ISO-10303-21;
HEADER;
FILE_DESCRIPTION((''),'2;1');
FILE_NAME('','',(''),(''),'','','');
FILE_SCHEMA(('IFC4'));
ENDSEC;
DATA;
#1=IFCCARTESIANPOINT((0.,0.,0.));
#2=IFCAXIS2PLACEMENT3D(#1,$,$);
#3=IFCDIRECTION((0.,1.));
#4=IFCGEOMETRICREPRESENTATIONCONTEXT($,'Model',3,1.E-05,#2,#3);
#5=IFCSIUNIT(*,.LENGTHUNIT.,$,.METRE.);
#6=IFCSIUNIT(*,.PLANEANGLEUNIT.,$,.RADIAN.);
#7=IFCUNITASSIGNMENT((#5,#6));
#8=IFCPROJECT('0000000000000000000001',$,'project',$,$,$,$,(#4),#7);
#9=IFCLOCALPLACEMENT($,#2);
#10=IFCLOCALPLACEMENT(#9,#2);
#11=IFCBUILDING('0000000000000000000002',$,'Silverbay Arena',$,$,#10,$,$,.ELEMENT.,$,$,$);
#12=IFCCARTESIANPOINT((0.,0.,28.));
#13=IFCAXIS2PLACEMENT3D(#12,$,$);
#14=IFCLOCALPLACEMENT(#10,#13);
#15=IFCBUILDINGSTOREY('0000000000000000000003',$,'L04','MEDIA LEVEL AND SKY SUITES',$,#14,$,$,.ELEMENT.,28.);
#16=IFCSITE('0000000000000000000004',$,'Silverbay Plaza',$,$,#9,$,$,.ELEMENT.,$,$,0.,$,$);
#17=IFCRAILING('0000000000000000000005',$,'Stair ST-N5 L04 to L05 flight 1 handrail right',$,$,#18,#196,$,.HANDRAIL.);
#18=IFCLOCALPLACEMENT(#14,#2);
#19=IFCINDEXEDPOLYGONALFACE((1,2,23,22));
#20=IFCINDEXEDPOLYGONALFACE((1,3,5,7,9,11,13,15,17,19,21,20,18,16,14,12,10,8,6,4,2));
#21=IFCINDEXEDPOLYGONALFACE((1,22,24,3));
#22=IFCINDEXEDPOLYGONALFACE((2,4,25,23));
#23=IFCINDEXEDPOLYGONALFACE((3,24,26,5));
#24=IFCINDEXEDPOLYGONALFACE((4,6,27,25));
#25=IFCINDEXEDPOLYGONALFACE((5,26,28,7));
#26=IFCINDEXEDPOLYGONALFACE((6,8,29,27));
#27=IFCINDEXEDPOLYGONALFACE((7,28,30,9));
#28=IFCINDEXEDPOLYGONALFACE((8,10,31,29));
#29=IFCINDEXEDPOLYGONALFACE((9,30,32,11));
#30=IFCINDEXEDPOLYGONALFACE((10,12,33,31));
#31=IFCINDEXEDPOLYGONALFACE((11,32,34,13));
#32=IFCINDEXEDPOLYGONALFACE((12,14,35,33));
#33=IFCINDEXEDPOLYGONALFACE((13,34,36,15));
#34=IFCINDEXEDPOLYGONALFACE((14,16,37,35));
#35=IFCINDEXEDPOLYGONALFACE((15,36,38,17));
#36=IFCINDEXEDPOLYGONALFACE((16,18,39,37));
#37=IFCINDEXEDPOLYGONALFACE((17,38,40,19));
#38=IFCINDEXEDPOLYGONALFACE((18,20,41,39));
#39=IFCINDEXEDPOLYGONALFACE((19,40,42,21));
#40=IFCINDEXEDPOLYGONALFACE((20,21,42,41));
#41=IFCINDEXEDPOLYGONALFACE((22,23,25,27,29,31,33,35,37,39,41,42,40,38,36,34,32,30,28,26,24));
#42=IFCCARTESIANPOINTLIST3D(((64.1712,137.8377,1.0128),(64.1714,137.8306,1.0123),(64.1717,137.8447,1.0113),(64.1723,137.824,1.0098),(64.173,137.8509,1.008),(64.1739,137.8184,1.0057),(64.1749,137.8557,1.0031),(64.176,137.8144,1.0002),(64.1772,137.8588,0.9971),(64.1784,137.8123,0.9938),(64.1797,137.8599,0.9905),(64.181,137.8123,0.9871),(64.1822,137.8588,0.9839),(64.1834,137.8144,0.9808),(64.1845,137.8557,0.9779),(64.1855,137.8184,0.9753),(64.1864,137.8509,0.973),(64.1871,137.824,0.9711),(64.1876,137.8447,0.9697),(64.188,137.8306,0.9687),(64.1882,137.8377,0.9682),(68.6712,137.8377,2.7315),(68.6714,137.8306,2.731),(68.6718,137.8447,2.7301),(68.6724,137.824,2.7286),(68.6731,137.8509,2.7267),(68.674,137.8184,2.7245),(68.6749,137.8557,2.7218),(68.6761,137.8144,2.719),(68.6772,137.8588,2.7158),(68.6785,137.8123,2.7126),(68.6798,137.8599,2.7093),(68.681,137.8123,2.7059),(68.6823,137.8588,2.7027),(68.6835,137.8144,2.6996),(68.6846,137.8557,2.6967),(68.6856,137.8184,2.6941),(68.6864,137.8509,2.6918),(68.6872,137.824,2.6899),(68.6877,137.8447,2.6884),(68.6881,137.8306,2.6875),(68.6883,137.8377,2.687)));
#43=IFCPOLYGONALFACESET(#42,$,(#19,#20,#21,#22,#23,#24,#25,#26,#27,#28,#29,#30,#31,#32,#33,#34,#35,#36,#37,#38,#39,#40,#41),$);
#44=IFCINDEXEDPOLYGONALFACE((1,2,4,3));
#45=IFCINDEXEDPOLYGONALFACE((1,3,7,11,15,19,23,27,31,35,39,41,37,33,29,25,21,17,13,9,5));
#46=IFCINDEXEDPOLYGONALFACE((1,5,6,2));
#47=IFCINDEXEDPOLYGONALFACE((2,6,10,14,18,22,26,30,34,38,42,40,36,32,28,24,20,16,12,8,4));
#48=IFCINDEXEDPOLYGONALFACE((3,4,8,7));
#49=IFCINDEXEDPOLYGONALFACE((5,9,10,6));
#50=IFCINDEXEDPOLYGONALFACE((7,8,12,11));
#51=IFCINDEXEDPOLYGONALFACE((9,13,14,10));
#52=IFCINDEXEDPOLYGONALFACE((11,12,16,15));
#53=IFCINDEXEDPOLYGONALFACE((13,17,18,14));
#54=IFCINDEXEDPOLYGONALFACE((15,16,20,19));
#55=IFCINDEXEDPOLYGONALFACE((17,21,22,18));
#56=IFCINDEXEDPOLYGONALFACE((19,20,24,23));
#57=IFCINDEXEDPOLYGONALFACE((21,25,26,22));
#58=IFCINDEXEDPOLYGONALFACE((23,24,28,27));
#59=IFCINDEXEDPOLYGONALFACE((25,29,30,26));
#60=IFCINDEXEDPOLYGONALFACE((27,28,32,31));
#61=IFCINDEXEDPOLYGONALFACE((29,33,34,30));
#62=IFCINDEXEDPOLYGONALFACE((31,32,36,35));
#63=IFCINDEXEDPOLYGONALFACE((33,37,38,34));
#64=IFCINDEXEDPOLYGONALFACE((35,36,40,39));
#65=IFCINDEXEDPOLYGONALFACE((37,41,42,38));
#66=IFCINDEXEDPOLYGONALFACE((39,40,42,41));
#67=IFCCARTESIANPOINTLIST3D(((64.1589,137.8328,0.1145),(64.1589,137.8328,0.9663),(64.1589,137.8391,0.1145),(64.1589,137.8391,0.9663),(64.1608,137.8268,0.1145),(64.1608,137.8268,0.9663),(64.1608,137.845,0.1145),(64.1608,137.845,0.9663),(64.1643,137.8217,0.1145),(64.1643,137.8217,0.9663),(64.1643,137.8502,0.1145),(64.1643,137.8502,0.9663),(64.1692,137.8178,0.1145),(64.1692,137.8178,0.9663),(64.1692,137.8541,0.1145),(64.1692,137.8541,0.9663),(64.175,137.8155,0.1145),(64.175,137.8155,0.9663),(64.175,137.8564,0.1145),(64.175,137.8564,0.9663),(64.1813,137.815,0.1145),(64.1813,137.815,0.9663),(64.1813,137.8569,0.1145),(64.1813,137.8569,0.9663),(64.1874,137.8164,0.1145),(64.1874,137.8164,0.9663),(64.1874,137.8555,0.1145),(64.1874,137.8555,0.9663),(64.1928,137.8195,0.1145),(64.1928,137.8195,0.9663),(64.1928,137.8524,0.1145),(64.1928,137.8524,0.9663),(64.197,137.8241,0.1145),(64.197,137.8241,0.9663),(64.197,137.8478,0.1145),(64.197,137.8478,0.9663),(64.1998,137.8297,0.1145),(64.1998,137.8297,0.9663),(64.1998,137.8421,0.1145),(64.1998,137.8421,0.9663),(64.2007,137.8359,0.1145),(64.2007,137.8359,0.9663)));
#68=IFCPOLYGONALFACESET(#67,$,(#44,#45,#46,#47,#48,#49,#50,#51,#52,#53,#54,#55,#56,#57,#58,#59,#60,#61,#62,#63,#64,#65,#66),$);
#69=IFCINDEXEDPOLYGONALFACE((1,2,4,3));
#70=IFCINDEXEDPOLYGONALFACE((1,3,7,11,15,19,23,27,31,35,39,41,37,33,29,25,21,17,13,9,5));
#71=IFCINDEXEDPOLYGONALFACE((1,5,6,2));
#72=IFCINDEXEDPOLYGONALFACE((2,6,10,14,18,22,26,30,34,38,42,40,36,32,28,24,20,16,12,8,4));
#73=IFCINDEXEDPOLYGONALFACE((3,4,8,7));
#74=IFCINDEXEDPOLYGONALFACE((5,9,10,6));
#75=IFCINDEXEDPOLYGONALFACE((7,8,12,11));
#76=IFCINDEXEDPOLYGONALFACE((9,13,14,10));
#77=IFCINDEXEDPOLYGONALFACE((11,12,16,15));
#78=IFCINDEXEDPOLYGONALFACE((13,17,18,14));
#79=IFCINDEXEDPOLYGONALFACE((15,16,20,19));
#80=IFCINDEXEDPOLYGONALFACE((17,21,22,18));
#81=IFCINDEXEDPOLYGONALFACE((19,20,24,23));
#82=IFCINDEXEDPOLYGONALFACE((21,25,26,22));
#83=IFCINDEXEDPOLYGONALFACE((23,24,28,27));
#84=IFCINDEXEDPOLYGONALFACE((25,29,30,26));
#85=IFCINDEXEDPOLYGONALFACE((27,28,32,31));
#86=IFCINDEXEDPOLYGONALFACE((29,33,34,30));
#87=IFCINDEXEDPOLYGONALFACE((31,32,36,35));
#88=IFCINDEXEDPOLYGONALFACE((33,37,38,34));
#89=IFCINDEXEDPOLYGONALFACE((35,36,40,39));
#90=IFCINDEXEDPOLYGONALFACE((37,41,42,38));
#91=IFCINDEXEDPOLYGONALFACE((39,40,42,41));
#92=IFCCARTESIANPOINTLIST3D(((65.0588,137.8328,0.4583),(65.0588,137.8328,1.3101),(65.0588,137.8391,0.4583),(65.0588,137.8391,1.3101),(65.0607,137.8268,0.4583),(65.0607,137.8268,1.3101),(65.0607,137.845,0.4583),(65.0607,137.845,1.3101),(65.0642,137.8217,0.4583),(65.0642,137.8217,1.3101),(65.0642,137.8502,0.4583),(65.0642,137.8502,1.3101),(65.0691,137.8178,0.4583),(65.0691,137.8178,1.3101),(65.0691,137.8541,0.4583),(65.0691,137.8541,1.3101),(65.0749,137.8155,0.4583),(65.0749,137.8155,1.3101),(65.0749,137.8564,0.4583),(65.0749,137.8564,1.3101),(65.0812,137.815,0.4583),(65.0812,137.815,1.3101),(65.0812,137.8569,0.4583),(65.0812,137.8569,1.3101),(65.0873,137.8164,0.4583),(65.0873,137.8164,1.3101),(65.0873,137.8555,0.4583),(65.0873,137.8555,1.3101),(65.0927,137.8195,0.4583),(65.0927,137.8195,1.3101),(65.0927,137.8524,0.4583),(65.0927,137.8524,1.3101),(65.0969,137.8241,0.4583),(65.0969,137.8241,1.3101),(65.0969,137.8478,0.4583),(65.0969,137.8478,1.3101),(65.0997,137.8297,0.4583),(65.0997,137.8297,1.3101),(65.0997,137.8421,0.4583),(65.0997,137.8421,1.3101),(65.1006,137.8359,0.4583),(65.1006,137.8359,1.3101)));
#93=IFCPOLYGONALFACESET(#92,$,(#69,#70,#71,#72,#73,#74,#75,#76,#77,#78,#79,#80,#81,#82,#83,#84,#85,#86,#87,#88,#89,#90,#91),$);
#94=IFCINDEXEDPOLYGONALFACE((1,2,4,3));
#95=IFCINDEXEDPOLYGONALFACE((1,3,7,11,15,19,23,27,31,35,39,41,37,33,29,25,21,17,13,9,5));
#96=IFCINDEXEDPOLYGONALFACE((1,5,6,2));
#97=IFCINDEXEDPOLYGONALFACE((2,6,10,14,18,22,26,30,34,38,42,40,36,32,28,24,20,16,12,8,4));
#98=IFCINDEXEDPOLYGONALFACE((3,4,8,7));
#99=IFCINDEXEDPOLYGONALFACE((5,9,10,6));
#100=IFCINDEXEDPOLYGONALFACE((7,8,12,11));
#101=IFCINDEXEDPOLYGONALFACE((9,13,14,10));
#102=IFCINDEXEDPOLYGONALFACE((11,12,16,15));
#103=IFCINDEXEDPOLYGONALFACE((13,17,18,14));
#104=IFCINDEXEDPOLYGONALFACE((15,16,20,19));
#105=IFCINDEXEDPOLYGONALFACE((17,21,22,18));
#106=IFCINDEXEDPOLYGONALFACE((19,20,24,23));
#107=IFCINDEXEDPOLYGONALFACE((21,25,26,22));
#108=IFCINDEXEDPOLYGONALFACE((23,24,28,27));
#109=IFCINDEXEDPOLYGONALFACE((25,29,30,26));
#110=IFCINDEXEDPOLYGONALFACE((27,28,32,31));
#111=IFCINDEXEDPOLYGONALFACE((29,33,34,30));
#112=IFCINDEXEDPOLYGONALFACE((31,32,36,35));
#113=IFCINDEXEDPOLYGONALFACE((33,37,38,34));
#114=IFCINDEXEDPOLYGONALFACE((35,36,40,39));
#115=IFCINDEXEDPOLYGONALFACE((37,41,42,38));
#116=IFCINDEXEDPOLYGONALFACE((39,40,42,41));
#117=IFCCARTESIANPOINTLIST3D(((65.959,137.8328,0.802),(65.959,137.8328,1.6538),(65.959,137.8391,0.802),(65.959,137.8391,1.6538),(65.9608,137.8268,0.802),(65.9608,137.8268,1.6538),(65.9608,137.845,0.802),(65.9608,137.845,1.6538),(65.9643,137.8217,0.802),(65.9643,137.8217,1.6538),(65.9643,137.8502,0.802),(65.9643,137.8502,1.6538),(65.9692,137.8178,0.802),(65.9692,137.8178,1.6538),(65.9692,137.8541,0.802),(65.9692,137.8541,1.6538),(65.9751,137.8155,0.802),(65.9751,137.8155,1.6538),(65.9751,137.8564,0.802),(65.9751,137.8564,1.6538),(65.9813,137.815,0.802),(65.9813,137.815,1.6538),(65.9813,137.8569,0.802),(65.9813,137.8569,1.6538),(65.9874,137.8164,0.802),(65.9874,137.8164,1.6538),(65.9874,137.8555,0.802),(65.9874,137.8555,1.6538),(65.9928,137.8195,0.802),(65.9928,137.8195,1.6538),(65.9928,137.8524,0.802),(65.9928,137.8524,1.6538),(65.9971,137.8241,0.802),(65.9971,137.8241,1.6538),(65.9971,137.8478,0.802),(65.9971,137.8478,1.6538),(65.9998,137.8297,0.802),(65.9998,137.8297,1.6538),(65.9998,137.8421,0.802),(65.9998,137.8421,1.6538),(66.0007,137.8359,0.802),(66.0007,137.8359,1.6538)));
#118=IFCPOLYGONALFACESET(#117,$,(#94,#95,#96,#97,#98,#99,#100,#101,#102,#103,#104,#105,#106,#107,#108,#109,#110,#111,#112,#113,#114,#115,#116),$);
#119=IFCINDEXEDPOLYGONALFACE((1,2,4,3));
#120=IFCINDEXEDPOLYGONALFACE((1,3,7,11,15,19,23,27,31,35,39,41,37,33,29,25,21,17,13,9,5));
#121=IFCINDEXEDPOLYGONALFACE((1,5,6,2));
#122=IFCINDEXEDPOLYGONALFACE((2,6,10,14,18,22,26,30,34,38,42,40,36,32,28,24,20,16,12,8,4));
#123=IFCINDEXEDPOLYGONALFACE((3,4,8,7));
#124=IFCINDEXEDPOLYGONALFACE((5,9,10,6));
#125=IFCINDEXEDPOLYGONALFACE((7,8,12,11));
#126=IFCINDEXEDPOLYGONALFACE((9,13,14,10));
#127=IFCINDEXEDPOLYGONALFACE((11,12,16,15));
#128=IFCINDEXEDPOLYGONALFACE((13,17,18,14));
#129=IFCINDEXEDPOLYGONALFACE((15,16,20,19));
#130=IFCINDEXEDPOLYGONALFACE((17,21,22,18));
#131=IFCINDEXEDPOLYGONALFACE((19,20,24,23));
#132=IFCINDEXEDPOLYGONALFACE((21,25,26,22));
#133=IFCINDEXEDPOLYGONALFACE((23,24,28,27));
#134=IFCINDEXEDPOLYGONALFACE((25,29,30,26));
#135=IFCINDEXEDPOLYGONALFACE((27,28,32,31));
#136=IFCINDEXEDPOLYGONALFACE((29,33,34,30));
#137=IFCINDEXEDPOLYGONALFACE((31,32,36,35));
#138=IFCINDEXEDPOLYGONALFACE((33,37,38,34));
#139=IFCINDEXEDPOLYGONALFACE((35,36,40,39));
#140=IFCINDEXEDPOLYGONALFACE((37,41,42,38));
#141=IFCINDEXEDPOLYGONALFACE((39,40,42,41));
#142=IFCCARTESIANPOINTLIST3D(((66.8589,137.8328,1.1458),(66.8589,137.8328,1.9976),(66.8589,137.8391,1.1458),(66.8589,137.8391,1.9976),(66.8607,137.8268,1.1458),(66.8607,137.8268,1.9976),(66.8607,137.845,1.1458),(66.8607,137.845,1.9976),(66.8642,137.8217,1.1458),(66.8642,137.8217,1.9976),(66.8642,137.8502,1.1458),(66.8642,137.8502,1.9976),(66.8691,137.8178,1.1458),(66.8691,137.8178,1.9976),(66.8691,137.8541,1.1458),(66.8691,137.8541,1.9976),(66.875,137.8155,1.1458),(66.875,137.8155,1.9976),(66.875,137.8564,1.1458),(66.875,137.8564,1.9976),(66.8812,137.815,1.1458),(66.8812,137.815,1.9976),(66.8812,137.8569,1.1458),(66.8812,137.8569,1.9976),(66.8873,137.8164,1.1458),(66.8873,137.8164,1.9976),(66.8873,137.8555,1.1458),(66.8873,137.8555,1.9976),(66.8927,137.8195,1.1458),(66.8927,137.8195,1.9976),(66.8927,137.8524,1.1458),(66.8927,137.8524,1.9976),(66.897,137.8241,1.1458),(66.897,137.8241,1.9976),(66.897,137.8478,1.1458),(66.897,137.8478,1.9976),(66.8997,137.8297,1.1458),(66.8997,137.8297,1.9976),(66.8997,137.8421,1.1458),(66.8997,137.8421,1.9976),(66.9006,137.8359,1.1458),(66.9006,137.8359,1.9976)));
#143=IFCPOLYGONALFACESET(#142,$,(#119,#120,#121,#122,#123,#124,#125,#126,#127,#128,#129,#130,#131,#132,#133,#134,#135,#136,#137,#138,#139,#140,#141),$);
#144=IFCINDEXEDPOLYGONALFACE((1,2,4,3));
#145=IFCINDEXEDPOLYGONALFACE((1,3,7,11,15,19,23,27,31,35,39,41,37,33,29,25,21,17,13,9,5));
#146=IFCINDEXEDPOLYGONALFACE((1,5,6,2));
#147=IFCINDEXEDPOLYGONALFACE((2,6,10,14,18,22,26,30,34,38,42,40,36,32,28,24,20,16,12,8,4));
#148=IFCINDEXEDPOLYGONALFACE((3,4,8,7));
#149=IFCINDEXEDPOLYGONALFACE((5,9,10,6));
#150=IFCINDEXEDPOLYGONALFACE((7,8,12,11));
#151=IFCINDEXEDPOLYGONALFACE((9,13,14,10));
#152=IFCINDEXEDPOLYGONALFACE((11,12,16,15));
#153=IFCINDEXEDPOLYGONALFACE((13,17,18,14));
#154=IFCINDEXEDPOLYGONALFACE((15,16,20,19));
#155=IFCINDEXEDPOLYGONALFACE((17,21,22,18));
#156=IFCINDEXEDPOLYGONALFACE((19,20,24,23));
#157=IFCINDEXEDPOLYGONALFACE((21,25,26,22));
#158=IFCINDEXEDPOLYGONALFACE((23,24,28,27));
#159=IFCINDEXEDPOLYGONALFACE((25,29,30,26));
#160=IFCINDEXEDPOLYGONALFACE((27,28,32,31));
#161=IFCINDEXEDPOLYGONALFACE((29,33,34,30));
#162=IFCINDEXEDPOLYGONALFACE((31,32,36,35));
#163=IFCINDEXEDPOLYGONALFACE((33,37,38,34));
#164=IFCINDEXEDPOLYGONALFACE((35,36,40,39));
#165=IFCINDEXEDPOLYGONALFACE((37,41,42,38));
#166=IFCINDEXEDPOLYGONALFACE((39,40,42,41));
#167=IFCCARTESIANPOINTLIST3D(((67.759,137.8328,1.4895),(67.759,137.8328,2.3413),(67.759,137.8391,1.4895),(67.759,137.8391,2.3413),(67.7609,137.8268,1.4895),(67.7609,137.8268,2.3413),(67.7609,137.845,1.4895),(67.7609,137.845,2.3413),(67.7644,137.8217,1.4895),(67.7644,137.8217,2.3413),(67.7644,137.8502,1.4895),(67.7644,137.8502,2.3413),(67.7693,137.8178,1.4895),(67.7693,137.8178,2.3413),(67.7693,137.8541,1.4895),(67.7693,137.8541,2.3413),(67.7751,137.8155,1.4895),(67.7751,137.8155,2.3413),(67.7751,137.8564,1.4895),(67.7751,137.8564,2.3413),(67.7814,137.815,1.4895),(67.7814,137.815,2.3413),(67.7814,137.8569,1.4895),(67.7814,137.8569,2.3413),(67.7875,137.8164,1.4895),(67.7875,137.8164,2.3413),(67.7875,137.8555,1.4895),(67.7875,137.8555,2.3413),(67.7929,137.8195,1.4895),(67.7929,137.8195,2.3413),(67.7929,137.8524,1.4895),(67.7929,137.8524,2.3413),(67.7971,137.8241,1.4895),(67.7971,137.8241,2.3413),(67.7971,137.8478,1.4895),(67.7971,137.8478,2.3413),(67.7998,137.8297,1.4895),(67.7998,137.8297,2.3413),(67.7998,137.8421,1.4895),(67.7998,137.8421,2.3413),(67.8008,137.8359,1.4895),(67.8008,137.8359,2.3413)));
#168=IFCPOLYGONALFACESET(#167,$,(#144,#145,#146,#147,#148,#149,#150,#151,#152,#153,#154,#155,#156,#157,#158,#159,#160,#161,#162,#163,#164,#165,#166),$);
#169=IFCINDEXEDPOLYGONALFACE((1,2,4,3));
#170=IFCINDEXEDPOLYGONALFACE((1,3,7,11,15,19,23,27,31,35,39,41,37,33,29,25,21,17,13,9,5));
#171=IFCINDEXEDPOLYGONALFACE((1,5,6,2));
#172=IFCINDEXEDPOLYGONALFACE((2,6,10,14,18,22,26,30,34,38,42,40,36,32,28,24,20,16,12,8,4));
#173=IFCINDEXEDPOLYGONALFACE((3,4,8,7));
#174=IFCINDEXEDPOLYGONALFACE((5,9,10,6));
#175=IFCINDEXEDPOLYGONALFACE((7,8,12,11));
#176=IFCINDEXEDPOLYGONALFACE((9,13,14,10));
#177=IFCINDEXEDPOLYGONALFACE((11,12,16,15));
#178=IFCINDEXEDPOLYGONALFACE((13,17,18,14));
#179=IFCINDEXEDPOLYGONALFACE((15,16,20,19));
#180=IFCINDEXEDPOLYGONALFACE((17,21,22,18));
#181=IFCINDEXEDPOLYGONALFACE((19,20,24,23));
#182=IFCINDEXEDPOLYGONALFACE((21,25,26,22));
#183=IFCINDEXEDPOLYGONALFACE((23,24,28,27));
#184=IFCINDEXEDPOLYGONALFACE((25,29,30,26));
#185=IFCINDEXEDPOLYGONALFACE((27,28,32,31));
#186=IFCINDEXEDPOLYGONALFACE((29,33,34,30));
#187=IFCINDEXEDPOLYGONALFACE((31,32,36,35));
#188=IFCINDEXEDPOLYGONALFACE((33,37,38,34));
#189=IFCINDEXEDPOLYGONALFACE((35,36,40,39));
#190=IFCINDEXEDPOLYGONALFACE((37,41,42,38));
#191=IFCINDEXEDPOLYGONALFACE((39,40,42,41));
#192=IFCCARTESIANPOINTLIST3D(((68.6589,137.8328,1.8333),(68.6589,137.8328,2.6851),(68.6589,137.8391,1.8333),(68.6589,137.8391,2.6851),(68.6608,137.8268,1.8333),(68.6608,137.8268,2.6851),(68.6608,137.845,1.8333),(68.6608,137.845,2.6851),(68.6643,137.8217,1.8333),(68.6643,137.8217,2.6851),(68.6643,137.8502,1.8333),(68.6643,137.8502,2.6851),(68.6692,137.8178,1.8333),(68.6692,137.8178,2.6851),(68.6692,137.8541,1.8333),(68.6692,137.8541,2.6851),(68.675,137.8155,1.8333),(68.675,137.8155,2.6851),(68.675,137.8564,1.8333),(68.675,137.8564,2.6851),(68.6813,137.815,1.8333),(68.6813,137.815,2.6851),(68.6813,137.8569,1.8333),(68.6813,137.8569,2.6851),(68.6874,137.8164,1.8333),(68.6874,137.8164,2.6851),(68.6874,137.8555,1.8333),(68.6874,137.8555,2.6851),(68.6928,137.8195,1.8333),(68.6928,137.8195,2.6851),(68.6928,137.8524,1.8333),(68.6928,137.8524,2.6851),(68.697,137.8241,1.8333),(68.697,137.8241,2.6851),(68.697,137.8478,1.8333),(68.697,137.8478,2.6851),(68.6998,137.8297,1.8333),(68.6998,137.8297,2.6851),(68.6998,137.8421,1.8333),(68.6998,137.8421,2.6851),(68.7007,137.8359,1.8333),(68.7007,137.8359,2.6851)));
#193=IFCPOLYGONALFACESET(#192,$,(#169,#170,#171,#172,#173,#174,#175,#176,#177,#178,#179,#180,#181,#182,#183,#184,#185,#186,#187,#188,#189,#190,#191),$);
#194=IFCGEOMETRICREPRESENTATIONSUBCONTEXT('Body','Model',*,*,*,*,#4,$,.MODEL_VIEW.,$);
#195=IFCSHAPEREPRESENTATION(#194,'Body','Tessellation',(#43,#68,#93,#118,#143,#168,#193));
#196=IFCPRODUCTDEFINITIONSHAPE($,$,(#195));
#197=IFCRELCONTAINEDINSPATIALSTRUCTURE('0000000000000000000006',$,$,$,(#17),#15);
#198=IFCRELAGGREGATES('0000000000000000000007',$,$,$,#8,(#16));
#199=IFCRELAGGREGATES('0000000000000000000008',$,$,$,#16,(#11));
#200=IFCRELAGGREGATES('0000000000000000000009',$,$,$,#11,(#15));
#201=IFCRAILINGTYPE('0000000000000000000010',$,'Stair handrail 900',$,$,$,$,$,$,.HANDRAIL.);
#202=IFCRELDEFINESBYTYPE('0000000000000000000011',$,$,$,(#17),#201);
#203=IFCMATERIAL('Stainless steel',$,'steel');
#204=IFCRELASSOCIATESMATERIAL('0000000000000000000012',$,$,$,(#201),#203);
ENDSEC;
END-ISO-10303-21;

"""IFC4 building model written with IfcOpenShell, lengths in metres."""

from ifc_helpers import new_model, si_unit, direction, frame, origin, origin_2d, place, context, subcontext, project, spatial, circle, extrude, material, type_object, element, save


model = new_model("IFC4")

# Units and contexts
model_context = context("Model", 3, precision=1e-05, world=origin(), true_north=direction((0.0, 1.0)))
body_context = subcontext(model_context, "Body", "Model", "MODEL_VIEW")
ifc_project = project(units=[si_unit("LENGTHUNIT", "METRE"), si_unit("PLANEANGLEUNIT", "RADIAN")], contexts=[model_context])

# Site, building, storey
site_placement = place(None, origin())
site = spatial("IfcSite", under=ifc_project, at=site_placement, Name="Silverbay Plaza", CompositionType="ELEMENT", RefElevation=0.0)
building_placement = place(site_placement, origin())
building = spatial("IfcBuilding", under=site, at=building_placement, Name="Silverbay Arena", CompositionType="ELEMENT")
storey_placement = place(building_placement, frame((0.0, 0.0, 28.0)))
storey = spatial("IfcBuildingStorey", under=building, at=storey_placement, Name="L04", Description="MEDIA LEVEL AND SKY SUITES", CompositionType="ELEMENT", Elevation=28.0)

# Railing
ifc_material_1 = material(Name="Stainless steel", Category="steel")
railing_type_1 = type_object("IfcRailingType", Name="Stair handrail 900", PredefinedType="HANDRAIL", material=ifc_material_1)
for number, where, name in (
    (1, (64.1797, 137.8359, 0.1145), "Stair ST-N5 L04 to L05 flight 1 handrail right"),
):
    element("IfcRailing", number, at=place(storey_placement, frame(where)), inside=storey, type_object=railing_type_1, Name=name, PredefinedType="HANDRAIL", context=body_context, shape_type="SweptSolid", body=[
        extrude(circle(Radius=0.0239, at=origin_2d()), frame((0.0, 0.0, 0.876), z_axis=(0.934179, 0.0, 0.356805), x_axis=(0.0, 1.0, 0.0)), (0.0, 0.0, 1.0), 4.8171),
        extrude(circle(Radius=0.021, at=origin_2d()), origin(), (0.0, 0.0, 1.0), 0.8518),
        extrude(circle(Radius=0.021, at=origin_2d()), frame((0.8999, 0.0, 0.3438)), (0.0, 0.0, 1.0), 0.8518),
        extrude(circle(Radius=0.021, at=origin_2d()), frame((1.8, 0.0, 0.6875)), (0.0, 0.0, 1.0), 0.8518),
        extrude(circle(Radius=0.021, at=origin_2d()), frame((2.7, 0.0, 1.0312)), (0.0, 0.0, 1.0), 0.8518),
        extrude(circle(Radius=0.021, at=origin_2d()), frame((3.6001, 0.0, 1.375)), (0.0, 0.0, 1.0), 0.8518),
        extrude(circle(Radius=0.021, at=origin_2d()), frame((4.5, 0.0, 1.7188)), (0.0, 0.0, 1.0), 0.8518),
    ])

save(model, "model.ifc")
